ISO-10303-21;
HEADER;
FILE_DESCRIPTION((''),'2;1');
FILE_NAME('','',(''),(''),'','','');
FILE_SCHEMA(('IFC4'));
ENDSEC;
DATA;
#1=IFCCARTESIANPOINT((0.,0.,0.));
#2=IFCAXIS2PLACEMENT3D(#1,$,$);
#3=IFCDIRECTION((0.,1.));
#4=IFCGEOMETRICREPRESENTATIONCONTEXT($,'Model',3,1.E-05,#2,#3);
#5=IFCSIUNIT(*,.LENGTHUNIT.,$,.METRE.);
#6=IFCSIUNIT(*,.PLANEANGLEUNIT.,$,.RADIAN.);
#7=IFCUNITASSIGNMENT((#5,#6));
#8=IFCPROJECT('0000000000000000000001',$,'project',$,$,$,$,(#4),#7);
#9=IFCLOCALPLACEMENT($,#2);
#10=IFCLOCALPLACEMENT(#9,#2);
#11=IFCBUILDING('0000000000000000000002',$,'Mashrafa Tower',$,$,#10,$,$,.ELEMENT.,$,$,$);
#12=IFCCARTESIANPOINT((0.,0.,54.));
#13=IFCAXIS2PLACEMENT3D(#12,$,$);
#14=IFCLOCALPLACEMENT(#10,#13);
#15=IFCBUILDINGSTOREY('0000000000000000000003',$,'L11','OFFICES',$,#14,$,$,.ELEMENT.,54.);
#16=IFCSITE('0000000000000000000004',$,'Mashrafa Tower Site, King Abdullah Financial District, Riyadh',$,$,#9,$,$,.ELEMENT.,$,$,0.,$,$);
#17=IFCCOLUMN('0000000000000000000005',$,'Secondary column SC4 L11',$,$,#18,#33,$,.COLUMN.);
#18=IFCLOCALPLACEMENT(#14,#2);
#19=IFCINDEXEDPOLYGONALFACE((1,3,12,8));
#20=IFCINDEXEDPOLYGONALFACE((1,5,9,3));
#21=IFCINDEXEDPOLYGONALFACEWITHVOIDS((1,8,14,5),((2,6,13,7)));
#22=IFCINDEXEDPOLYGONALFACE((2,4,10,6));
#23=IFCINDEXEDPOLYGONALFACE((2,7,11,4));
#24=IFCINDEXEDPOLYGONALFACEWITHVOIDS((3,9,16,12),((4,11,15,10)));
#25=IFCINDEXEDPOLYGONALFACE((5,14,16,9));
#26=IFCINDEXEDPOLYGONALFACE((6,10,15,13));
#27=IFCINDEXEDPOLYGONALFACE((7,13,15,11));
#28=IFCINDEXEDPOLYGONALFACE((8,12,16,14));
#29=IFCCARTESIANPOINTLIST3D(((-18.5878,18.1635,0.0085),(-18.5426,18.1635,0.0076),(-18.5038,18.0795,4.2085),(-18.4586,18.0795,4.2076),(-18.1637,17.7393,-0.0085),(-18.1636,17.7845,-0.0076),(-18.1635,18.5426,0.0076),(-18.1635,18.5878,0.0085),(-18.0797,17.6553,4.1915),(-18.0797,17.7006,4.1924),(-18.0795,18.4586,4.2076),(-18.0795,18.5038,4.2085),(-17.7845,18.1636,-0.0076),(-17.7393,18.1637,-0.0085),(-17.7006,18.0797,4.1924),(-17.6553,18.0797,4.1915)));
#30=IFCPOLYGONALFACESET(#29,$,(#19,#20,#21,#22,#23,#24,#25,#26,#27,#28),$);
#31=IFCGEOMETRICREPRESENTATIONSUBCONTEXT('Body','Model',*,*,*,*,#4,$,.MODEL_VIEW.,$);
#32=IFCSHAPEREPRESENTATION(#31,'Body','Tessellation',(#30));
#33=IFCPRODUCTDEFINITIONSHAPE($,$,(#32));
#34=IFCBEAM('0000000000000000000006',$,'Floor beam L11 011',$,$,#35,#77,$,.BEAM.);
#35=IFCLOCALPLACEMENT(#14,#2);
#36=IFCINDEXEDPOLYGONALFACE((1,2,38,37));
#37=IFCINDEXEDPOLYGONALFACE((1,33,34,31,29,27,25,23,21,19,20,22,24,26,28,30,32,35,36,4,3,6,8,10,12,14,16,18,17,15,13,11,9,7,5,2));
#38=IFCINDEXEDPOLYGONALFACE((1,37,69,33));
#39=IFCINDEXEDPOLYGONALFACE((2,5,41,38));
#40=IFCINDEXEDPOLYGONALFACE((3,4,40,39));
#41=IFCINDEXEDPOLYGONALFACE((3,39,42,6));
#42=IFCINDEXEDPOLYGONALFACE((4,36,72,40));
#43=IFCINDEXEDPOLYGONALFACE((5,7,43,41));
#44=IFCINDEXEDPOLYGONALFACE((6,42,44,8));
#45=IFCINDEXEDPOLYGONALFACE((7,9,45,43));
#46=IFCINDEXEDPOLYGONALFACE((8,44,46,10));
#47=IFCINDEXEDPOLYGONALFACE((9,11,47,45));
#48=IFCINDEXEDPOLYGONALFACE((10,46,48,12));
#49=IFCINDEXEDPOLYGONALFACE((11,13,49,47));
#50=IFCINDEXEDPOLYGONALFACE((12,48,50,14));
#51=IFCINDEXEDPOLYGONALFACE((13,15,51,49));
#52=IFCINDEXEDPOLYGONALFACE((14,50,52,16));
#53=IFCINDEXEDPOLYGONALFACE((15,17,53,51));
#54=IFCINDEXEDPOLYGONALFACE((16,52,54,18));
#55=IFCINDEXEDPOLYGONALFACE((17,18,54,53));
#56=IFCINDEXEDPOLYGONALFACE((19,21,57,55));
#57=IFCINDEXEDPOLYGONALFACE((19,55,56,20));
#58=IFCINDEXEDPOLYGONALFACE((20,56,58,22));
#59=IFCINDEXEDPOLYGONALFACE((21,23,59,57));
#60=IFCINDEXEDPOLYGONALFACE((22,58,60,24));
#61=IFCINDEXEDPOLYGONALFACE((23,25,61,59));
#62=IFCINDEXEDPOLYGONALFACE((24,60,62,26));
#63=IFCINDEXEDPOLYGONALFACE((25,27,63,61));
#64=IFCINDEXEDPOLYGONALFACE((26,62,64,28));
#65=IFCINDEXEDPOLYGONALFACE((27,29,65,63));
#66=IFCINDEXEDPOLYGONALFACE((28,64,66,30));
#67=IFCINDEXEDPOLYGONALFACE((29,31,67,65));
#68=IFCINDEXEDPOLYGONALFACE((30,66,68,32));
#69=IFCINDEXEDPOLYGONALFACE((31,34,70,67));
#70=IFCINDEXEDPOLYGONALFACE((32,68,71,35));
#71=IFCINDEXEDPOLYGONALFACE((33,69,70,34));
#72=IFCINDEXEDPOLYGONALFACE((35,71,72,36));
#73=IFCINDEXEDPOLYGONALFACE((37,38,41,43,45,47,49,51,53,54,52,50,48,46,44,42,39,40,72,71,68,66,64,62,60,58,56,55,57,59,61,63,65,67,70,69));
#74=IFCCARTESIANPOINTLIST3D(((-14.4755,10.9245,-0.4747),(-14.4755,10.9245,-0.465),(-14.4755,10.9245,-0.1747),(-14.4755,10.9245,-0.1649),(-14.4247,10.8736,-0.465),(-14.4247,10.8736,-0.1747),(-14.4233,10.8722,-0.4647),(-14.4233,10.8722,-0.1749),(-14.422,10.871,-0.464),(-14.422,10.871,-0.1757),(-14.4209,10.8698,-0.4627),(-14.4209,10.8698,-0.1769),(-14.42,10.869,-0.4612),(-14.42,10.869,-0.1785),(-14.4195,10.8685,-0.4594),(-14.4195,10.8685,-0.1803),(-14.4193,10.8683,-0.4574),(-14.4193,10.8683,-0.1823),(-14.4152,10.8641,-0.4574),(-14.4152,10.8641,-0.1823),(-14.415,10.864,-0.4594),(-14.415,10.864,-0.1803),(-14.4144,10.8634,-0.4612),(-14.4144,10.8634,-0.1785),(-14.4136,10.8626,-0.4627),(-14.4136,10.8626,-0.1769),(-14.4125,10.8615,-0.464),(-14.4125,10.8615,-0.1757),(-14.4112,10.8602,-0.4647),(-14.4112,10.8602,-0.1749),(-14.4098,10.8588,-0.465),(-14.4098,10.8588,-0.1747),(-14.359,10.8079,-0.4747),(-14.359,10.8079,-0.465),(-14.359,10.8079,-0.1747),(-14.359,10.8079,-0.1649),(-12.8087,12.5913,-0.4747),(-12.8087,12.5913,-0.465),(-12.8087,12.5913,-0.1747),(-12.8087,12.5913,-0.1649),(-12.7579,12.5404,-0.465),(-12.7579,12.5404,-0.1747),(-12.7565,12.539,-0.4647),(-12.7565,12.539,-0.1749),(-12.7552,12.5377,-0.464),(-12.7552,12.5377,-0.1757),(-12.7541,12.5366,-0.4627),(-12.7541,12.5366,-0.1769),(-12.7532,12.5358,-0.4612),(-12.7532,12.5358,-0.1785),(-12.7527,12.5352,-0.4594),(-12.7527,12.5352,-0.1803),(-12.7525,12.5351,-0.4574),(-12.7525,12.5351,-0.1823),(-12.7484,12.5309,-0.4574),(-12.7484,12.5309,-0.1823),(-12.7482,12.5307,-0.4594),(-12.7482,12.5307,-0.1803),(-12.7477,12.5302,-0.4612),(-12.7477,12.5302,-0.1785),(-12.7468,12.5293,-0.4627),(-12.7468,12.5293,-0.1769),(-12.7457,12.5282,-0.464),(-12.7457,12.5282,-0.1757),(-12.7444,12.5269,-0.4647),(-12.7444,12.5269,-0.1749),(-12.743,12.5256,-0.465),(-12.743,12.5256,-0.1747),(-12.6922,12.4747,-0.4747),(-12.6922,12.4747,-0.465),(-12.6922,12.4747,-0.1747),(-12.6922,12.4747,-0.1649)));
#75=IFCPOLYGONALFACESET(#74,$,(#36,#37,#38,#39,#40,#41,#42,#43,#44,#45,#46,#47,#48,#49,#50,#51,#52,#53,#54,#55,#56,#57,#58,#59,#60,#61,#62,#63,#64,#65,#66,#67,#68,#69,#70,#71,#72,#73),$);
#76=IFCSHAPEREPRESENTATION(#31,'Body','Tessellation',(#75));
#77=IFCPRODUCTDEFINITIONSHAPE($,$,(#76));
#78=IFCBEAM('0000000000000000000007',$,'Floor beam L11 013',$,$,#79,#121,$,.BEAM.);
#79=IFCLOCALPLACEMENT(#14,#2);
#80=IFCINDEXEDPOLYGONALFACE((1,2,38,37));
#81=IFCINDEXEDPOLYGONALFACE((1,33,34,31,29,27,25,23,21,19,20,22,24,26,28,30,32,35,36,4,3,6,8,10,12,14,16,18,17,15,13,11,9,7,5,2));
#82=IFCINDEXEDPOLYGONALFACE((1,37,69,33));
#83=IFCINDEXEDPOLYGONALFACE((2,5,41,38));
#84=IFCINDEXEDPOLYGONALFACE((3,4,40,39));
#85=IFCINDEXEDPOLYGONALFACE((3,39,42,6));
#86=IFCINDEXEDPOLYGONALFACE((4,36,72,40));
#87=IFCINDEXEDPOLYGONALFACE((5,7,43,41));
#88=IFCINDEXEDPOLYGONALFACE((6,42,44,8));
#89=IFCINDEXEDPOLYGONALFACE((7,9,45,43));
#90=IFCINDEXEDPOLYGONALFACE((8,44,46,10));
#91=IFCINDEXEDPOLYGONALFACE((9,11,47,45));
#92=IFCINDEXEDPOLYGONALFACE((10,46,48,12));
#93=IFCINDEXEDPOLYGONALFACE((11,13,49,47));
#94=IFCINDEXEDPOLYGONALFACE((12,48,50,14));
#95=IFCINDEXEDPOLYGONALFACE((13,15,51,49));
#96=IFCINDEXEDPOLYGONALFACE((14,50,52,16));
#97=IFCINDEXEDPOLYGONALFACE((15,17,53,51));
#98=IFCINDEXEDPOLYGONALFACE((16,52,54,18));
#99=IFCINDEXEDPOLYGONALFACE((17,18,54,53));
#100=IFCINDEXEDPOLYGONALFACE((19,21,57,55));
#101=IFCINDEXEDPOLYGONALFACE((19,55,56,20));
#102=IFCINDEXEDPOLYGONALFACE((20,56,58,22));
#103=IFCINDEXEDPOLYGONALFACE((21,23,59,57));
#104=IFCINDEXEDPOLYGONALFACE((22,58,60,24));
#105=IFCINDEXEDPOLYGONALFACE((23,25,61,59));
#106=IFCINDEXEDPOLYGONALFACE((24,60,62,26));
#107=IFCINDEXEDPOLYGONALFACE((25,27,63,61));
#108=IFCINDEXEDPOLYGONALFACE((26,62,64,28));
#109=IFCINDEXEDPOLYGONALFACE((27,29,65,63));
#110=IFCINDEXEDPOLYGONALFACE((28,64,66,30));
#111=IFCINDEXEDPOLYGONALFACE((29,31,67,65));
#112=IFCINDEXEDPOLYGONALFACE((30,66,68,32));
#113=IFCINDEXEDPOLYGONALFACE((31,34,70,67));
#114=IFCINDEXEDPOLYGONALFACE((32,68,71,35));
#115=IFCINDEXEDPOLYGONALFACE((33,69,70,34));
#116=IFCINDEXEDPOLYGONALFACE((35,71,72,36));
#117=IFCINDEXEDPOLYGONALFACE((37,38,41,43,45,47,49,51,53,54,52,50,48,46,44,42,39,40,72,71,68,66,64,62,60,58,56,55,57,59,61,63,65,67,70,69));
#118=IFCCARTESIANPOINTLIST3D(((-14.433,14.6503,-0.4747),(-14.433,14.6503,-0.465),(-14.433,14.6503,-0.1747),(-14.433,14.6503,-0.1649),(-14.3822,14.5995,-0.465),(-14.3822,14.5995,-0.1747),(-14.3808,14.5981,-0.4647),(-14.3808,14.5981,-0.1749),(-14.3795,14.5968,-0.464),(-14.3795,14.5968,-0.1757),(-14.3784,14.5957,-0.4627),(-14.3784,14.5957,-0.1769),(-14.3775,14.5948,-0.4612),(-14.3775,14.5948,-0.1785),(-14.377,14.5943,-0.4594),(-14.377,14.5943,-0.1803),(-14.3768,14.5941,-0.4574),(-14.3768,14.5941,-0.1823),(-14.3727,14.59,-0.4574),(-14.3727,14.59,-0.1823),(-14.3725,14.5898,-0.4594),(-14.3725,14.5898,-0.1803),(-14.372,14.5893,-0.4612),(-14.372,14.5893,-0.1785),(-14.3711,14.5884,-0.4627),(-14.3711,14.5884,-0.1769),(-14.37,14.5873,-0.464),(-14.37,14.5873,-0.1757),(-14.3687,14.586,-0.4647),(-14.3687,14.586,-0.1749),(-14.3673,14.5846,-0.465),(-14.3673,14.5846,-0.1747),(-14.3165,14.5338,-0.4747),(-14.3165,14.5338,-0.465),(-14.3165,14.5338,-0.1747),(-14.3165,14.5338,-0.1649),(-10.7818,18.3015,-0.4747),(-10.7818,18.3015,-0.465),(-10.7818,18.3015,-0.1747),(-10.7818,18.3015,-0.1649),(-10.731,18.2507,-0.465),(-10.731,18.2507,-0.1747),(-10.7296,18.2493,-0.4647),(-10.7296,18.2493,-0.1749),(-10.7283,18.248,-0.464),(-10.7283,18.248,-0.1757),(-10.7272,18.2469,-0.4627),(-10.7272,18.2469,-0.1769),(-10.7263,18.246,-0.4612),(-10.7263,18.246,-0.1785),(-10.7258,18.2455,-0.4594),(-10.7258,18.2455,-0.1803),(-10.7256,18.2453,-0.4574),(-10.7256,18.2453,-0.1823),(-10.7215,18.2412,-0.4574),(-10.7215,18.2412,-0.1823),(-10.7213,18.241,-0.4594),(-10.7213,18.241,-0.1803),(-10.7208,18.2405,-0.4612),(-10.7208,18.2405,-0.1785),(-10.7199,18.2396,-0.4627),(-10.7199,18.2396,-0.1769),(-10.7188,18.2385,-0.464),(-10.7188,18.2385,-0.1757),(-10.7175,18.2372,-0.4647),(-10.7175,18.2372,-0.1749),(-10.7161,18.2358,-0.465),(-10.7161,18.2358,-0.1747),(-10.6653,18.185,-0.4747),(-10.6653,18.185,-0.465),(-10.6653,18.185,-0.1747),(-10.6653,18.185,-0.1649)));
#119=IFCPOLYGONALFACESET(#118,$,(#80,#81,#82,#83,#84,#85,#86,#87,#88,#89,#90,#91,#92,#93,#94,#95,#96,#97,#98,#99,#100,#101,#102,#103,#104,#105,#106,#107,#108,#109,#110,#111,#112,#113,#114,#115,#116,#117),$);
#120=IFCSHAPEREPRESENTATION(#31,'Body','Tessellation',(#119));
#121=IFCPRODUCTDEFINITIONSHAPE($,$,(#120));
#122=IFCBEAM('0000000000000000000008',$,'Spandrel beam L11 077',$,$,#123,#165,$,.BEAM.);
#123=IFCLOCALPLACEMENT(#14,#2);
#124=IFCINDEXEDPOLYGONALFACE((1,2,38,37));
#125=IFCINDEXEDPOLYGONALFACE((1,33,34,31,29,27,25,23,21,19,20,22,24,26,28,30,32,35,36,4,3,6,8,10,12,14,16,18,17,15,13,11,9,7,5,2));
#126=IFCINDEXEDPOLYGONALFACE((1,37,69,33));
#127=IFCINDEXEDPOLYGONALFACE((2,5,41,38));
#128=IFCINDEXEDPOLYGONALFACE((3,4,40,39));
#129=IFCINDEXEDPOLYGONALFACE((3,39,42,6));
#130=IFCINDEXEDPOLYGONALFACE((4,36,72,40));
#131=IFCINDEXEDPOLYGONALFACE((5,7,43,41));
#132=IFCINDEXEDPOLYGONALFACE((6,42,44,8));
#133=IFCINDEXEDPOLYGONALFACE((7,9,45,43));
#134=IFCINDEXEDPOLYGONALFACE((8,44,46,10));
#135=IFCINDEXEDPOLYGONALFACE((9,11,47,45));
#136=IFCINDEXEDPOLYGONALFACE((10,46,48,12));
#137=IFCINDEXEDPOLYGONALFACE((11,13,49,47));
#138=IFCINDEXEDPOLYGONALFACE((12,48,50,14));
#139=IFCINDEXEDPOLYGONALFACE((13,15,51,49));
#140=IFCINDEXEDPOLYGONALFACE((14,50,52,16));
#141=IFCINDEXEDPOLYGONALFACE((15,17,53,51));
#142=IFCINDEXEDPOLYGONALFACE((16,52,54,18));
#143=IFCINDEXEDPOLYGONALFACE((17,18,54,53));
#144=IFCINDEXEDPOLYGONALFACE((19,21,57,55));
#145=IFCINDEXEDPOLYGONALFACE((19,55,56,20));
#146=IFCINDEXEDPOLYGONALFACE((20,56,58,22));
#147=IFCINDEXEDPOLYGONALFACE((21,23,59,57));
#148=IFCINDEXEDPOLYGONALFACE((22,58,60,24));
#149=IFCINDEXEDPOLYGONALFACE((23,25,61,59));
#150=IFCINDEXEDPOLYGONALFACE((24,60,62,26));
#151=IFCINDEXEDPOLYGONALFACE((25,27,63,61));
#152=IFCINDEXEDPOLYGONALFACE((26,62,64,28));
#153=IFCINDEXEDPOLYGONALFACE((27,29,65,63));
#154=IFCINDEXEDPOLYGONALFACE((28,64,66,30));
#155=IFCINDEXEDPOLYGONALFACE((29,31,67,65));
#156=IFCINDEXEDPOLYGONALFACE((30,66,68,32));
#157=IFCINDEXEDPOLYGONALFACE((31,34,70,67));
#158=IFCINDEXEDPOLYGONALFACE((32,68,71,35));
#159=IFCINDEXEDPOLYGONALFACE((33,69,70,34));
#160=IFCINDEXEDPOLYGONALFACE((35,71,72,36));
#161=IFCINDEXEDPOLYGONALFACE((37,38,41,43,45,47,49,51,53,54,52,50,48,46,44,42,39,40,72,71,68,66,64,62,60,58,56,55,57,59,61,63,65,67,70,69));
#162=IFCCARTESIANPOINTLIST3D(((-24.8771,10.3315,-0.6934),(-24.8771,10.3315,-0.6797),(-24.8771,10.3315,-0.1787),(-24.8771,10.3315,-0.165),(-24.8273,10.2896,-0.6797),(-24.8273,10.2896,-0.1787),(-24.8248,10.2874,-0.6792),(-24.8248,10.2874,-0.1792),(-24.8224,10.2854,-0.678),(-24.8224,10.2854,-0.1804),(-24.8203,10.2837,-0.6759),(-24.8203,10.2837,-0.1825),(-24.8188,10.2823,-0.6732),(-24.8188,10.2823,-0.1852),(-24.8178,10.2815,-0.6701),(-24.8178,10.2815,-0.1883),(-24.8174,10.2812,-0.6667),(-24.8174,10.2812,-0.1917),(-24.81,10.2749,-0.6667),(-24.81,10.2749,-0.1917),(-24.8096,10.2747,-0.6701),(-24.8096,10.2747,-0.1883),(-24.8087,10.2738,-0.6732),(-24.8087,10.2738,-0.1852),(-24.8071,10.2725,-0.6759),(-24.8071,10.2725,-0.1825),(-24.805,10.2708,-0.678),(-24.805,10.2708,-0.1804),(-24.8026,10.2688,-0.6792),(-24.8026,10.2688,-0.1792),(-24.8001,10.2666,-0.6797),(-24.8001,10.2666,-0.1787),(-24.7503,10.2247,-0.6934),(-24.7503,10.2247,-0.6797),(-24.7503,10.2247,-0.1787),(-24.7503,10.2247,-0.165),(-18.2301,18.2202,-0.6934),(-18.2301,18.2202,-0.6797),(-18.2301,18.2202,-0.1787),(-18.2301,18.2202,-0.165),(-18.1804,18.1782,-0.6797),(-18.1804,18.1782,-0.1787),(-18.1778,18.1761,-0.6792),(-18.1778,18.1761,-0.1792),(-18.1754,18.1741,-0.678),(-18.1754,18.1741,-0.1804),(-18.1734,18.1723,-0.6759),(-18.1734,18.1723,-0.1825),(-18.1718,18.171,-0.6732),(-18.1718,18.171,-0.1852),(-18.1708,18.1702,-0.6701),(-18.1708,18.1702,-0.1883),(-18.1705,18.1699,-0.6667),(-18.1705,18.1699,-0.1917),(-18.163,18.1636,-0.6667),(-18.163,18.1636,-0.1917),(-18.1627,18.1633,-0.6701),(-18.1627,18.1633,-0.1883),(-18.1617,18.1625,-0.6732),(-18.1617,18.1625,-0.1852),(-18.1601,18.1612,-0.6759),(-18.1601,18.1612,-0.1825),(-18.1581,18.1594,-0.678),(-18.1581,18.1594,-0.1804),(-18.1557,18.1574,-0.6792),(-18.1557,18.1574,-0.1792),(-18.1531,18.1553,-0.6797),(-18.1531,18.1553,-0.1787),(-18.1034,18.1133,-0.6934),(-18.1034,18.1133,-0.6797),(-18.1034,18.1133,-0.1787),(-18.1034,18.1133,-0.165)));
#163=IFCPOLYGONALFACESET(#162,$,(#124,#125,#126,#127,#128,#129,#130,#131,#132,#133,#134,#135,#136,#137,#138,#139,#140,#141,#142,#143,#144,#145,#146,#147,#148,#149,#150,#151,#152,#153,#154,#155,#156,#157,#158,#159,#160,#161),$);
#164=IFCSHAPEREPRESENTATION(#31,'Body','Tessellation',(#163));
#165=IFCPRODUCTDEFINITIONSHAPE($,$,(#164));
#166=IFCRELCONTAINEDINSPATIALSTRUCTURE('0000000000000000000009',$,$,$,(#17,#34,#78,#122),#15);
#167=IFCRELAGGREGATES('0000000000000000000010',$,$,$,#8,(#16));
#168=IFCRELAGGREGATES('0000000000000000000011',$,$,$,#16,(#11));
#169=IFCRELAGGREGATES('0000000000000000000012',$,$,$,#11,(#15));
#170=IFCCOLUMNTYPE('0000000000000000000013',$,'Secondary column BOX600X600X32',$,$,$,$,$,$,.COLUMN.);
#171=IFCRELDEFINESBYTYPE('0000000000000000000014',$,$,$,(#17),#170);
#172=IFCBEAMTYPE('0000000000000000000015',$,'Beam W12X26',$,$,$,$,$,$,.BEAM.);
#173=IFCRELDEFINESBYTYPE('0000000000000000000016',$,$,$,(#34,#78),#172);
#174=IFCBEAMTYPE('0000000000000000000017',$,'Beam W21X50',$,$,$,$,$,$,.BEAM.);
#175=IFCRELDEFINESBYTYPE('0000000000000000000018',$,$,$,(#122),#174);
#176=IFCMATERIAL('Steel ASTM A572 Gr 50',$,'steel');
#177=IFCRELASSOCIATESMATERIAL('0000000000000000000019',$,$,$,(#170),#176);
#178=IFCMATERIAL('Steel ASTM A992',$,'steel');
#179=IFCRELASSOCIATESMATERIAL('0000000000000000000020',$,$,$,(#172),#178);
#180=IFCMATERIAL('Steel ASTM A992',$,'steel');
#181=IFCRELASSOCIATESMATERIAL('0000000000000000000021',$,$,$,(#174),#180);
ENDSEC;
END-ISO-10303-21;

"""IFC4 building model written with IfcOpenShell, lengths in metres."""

from ifc_helpers import new_model, si_unit, direction, frame, origin, origin_2d, place, context, subcontext, project, spatial, hollow_rectangle, i_section, extrude, material, material_profile, profile_set, type_object, element, save


model = new_model("IFC4")

# Units and contexts
model_context = context("Model", 3, precision=1e-05, world=origin(), true_north=direction((0.0, 1.0)))
body_context = subcontext(model_context, "Body", "Model", "MODEL_VIEW")
ifc_project = project(units=[si_unit("LENGTHUNIT", "METRE"), si_unit("PLANEANGLEUNIT", "RADIAN")], contexts=[model_context])

# Site, building, storey
site_placement = place(None, origin())
site = spatial("IfcSite", under=ifc_project, at=site_placement, Name="Mashrafa Tower Site, King Abdullah Financial District, Riyadh", CompositionType="ELEMENT", RefElevation=0.0)
building_placement = place(site_placement, origin())
building = spatial("IfcBuilding", under=site, at=building_placement, Name="Mashrafa Tower", CompositionType="ELEMENT")
storey_placement = place(building_placement, frame((0.0, 0.0, 54.0)))
storey = spatial("IfcBuildingStorey", under=building, at=storey_placement, Name="L11", Description="OFFICES", CompositionType="ELEMENT", Elevation=54.0)

# Column
ifc_material_1 = material(Name="Steel ASTM A572 Gr 50", Category="steel")
ifc_material_profile_1 = material_profile(ifc_material_1, hollow_rectangle(XDim=0.6001, YDim=0.6001, WallThickness=0.032, at=origin_2d()), Name="BOX600X600X32")
ifc_profile_set_1 = profile_set([ifc_material_profile_1], Name="Steel ASTM A572 Gr 50")
column_type = type_object("IfcColumnType", Name="Secondary column BOX600X600X32", PredefinedType="COLUMN", material=ifc_profile_set_1)
column_placement = place(storey_placement, frame((-18.1636, 18.1636, 0.0), z_axis=(0.019989, -0.019989, 0.9996), x_axis=(0.707107, 0.707107, 0.0)))
element("IfcColumn", 1, at=column_placement, inside=storey, type_object=column_type, Name="Secondary column SC4 L11", PredefinedType="COLUMN", context=body_context, shape_type="SweptSolid", body=[
    extrude(hollow_rectangle(XDim=0.6001, YDim=0.6001, WallThickness=0.032, at=origin_2d()), origin(), (0.0, 0.0, 1.0), 4.2017),
])

# Beams
ifc_material_2 = material(Name="Steel ASTM A992", Category="steel")
ifc_material_profile_2 = material_profile(ifc_material_2, i_section(OverallWidth=0.1648, OverallDepth=0.3098, WebThickness=0.0059, FlangeThickness=0.0098, FilletRadius=0.0076, at=origin_2d()), Name="W12X26")
ifc_profile_set_2 = profile_set([ifc_material_profile_2], Name="Steel ASTM A992")
beam_type_1 = type_object("IfcBeamType", Name="Beam W12X26", PredefinedType="BEAM", material=ifc_profile_set_2)
beam_1_placement = place(storey_placement, frame((-14.4172, 10.8662, -0.3198), z_axis=(0.707107, 0.707107, 0.0), x_axis=(-0.707107, 0.707107, 0.0)))
element("IfcBeam", 2, at=beam_1_placement, inside=storey, type_object=beam_type_1, Name="Floor beam L11 011", PredefinedType="BEAM", context=body_context, shape_type="SweptSolid", body=[
    extrude(i_section(OverallWidth=0.1648, OverallDepth=0.3098, WebThickness=0.0059, FlangeThickness=0.0098, FilletRadius=0.0076, at=origin_2d()), origin(), (0.0, 0.0, 1.0), 2.3572),
])
beam_2_placement = place(storey_placement, frame((-14.3748, 14.592, -0.3198), z_axis=(0.707107, 0.707107, 0.0), x_axis=(-0.707107, 0.707107, 0.0)))
element("IfcBeam", 3, at=beam_2_placement, inside=storey, type_object=beam_type_1, Name="Floor beam L11 013", PredefinedType="BEAM", context=body_context, shape_type="SweptSolid", body=[
    extrude(i_section(OverallWidth=0.1648, OverallDepth=0.3098, WebThickness=0.0059, FlangeThickness=0.0098, FilletRadius=0.0076, at=origin_2d()), origin(), (0.0, 0.0, 1.0), 5.1636),
])
ifc_material_3 = material(Name="Steel ASTM A992", Category="steel")
ifc_material_profile_3 = material_profile(ifc_material_3, i_section(OverallWidth=0.1658, OverallDepth=0.5283, WebThickness=0.0098, FlangeThickness=0.0137, FilletRadius=0.0129, at=origin_2d()), Name="W21X50")
ifc_profile_set_3 = profile_set([ifc_material_profile_3], Name="Steel ASTM A992")
beam_type_2 = type_object("IfcBeamType", Name="Beam W21X50", PredefinedType="BEAM", material=ifc_profile_set_3)
beam_3_placement = place(storey_placement, frame((-18.1667, 18.1667, -0.4292), z_axis=(-0.644356, -0.764726, 0.0), x_axis=(0.764726, -0.644356, 0.0)))
element("IfcBeam", 4, at=beam_3_placement, inside=storey, type_object=beam_type_2, Name="Spandrel beam L11 077", PredefinedType="BEAM", context=body_context, shape_type="SweptSolid", body=[
    extrude(i_section(OverallWidth=0.1658, OverallDepth=0.5283, WebThickness=0.0098, FlangeThickness=0.0137, FilletRadius=0.0129, at=origin_2d()), origin(), (0.0, 0.0, 1.0), 10.3157),
])

save(model, "model.ifc")
